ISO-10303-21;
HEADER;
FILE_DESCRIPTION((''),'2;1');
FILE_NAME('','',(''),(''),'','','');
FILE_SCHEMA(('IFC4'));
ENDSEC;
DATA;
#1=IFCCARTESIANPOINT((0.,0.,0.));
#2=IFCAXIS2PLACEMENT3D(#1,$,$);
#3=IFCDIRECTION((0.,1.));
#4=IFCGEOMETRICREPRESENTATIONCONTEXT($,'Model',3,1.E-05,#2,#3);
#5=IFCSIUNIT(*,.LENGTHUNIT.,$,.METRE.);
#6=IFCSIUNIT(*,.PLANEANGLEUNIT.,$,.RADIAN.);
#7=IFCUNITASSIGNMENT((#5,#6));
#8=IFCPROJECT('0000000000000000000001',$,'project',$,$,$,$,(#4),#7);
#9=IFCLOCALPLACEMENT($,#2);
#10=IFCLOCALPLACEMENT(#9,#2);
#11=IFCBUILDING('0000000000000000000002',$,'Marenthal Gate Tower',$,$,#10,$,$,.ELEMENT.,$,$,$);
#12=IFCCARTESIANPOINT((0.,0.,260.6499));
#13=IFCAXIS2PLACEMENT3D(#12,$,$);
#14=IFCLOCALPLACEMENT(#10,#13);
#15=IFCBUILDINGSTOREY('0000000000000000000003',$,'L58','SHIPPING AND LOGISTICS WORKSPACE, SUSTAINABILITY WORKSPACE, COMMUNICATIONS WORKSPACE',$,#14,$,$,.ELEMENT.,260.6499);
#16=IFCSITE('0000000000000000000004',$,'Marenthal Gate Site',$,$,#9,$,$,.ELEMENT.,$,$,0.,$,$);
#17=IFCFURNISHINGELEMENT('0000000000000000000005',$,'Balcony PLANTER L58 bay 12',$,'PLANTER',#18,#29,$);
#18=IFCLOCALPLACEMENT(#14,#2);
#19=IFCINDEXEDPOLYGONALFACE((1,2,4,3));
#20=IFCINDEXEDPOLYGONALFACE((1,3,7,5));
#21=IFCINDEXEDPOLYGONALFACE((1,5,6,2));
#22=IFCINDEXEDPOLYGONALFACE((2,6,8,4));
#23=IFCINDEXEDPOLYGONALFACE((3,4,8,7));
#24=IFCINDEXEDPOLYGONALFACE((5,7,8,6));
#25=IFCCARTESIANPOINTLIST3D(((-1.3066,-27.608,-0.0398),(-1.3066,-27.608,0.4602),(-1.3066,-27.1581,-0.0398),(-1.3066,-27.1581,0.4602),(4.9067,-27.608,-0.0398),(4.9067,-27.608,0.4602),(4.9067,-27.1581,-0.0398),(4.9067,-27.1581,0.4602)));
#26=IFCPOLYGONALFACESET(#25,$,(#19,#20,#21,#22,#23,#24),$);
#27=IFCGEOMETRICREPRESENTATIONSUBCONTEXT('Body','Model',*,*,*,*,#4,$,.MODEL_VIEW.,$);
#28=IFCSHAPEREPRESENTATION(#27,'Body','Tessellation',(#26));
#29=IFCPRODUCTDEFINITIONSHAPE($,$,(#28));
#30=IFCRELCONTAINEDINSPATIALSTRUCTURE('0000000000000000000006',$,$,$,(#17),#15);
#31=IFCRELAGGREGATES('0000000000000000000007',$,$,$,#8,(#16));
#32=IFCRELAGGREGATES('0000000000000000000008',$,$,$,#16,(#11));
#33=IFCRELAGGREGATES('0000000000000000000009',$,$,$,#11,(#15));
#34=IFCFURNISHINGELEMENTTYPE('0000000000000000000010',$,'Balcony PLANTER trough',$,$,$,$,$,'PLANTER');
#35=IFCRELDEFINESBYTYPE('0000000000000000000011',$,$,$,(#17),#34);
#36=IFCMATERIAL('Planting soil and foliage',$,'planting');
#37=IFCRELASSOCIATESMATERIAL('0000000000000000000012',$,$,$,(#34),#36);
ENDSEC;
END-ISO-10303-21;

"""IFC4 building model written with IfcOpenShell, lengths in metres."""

from ifc_helpers import new_model, si_unit, direction, frame, origin, origin_2d, place, context, subcontext, project, spatial, rectangle, extrude, material, type_object, element, save


model = new_model("IFC4")

# Units and contexts
model_context = context("Model", 3, precision=1e-05, world=origin(), true_north=direction((0.0, 1.0)))
body_context = subcontext(model_context, "Body", "Model", "MODEL_VIEW")
ifc_project = project(units=[si_unit("LENGTHUNIT", "METRE"), si_unit("PLANEANGLEUNIT", "RADIAN")], contexts=[model_context])

# Site, building, storey
site_placement = place(None, origin())
site = spatial("IfcSite", under=ifc_project, at=site_placement, Name="Marenthal Gate Site", CompositionType="ELEMENT", RefElevation=0.0)
building_placement = place(site_placement, origin())
building = spatial("IfcBuilding", under=site, at=building_placement, Name="Marenthal Gate Tower", CompositionType="ELEMENT")
storey_placement = place(building_placement, frame((0.0, 0.0, 260.6499)))
storey = spatial("IfcBuildingStorey", under=building, at=storey_placement, Name="L58", Description="SHIPPING AND LOGISTICS WORKSPACE, SUSTAINABILITY WORKSPACE, COMMUNICATIONS WORKSPACE", CompositionType="ELEMENT", Elevation=260.6499)

# Furnishing element
ifc_material_1 = material(Name="Planting soil and foliage", Category="planting")
furnishing_element_type = type_object("IfcFurnishingElementType", Name="Balcony PLANTER trough", ElementType="PLANTER", material=ifc_material_1)
furnishing_placement = place(storey_placement, frame((1.8, -27.3831, -0.0398), z_axis=(0.0, 0.0, 1.0), x_axis=(1.0, 0.0, 0.0)))
element("IfcFurnishingElement", 1, at=furnishing_placement, inside=storey, type_object=furnishing_element_type, Name="Balcony PLANTER L58 bay 12", ObjectType="PLANTER", context=body_context, shape_type="SweptSolid", body=[
    extrude(rectangle(XDim=6.2134, YDim=0.45, at=origin_2d()), origin(), (0.0, 0.0, 1.0), 0.5),
])

save(model, "model.ifc")
